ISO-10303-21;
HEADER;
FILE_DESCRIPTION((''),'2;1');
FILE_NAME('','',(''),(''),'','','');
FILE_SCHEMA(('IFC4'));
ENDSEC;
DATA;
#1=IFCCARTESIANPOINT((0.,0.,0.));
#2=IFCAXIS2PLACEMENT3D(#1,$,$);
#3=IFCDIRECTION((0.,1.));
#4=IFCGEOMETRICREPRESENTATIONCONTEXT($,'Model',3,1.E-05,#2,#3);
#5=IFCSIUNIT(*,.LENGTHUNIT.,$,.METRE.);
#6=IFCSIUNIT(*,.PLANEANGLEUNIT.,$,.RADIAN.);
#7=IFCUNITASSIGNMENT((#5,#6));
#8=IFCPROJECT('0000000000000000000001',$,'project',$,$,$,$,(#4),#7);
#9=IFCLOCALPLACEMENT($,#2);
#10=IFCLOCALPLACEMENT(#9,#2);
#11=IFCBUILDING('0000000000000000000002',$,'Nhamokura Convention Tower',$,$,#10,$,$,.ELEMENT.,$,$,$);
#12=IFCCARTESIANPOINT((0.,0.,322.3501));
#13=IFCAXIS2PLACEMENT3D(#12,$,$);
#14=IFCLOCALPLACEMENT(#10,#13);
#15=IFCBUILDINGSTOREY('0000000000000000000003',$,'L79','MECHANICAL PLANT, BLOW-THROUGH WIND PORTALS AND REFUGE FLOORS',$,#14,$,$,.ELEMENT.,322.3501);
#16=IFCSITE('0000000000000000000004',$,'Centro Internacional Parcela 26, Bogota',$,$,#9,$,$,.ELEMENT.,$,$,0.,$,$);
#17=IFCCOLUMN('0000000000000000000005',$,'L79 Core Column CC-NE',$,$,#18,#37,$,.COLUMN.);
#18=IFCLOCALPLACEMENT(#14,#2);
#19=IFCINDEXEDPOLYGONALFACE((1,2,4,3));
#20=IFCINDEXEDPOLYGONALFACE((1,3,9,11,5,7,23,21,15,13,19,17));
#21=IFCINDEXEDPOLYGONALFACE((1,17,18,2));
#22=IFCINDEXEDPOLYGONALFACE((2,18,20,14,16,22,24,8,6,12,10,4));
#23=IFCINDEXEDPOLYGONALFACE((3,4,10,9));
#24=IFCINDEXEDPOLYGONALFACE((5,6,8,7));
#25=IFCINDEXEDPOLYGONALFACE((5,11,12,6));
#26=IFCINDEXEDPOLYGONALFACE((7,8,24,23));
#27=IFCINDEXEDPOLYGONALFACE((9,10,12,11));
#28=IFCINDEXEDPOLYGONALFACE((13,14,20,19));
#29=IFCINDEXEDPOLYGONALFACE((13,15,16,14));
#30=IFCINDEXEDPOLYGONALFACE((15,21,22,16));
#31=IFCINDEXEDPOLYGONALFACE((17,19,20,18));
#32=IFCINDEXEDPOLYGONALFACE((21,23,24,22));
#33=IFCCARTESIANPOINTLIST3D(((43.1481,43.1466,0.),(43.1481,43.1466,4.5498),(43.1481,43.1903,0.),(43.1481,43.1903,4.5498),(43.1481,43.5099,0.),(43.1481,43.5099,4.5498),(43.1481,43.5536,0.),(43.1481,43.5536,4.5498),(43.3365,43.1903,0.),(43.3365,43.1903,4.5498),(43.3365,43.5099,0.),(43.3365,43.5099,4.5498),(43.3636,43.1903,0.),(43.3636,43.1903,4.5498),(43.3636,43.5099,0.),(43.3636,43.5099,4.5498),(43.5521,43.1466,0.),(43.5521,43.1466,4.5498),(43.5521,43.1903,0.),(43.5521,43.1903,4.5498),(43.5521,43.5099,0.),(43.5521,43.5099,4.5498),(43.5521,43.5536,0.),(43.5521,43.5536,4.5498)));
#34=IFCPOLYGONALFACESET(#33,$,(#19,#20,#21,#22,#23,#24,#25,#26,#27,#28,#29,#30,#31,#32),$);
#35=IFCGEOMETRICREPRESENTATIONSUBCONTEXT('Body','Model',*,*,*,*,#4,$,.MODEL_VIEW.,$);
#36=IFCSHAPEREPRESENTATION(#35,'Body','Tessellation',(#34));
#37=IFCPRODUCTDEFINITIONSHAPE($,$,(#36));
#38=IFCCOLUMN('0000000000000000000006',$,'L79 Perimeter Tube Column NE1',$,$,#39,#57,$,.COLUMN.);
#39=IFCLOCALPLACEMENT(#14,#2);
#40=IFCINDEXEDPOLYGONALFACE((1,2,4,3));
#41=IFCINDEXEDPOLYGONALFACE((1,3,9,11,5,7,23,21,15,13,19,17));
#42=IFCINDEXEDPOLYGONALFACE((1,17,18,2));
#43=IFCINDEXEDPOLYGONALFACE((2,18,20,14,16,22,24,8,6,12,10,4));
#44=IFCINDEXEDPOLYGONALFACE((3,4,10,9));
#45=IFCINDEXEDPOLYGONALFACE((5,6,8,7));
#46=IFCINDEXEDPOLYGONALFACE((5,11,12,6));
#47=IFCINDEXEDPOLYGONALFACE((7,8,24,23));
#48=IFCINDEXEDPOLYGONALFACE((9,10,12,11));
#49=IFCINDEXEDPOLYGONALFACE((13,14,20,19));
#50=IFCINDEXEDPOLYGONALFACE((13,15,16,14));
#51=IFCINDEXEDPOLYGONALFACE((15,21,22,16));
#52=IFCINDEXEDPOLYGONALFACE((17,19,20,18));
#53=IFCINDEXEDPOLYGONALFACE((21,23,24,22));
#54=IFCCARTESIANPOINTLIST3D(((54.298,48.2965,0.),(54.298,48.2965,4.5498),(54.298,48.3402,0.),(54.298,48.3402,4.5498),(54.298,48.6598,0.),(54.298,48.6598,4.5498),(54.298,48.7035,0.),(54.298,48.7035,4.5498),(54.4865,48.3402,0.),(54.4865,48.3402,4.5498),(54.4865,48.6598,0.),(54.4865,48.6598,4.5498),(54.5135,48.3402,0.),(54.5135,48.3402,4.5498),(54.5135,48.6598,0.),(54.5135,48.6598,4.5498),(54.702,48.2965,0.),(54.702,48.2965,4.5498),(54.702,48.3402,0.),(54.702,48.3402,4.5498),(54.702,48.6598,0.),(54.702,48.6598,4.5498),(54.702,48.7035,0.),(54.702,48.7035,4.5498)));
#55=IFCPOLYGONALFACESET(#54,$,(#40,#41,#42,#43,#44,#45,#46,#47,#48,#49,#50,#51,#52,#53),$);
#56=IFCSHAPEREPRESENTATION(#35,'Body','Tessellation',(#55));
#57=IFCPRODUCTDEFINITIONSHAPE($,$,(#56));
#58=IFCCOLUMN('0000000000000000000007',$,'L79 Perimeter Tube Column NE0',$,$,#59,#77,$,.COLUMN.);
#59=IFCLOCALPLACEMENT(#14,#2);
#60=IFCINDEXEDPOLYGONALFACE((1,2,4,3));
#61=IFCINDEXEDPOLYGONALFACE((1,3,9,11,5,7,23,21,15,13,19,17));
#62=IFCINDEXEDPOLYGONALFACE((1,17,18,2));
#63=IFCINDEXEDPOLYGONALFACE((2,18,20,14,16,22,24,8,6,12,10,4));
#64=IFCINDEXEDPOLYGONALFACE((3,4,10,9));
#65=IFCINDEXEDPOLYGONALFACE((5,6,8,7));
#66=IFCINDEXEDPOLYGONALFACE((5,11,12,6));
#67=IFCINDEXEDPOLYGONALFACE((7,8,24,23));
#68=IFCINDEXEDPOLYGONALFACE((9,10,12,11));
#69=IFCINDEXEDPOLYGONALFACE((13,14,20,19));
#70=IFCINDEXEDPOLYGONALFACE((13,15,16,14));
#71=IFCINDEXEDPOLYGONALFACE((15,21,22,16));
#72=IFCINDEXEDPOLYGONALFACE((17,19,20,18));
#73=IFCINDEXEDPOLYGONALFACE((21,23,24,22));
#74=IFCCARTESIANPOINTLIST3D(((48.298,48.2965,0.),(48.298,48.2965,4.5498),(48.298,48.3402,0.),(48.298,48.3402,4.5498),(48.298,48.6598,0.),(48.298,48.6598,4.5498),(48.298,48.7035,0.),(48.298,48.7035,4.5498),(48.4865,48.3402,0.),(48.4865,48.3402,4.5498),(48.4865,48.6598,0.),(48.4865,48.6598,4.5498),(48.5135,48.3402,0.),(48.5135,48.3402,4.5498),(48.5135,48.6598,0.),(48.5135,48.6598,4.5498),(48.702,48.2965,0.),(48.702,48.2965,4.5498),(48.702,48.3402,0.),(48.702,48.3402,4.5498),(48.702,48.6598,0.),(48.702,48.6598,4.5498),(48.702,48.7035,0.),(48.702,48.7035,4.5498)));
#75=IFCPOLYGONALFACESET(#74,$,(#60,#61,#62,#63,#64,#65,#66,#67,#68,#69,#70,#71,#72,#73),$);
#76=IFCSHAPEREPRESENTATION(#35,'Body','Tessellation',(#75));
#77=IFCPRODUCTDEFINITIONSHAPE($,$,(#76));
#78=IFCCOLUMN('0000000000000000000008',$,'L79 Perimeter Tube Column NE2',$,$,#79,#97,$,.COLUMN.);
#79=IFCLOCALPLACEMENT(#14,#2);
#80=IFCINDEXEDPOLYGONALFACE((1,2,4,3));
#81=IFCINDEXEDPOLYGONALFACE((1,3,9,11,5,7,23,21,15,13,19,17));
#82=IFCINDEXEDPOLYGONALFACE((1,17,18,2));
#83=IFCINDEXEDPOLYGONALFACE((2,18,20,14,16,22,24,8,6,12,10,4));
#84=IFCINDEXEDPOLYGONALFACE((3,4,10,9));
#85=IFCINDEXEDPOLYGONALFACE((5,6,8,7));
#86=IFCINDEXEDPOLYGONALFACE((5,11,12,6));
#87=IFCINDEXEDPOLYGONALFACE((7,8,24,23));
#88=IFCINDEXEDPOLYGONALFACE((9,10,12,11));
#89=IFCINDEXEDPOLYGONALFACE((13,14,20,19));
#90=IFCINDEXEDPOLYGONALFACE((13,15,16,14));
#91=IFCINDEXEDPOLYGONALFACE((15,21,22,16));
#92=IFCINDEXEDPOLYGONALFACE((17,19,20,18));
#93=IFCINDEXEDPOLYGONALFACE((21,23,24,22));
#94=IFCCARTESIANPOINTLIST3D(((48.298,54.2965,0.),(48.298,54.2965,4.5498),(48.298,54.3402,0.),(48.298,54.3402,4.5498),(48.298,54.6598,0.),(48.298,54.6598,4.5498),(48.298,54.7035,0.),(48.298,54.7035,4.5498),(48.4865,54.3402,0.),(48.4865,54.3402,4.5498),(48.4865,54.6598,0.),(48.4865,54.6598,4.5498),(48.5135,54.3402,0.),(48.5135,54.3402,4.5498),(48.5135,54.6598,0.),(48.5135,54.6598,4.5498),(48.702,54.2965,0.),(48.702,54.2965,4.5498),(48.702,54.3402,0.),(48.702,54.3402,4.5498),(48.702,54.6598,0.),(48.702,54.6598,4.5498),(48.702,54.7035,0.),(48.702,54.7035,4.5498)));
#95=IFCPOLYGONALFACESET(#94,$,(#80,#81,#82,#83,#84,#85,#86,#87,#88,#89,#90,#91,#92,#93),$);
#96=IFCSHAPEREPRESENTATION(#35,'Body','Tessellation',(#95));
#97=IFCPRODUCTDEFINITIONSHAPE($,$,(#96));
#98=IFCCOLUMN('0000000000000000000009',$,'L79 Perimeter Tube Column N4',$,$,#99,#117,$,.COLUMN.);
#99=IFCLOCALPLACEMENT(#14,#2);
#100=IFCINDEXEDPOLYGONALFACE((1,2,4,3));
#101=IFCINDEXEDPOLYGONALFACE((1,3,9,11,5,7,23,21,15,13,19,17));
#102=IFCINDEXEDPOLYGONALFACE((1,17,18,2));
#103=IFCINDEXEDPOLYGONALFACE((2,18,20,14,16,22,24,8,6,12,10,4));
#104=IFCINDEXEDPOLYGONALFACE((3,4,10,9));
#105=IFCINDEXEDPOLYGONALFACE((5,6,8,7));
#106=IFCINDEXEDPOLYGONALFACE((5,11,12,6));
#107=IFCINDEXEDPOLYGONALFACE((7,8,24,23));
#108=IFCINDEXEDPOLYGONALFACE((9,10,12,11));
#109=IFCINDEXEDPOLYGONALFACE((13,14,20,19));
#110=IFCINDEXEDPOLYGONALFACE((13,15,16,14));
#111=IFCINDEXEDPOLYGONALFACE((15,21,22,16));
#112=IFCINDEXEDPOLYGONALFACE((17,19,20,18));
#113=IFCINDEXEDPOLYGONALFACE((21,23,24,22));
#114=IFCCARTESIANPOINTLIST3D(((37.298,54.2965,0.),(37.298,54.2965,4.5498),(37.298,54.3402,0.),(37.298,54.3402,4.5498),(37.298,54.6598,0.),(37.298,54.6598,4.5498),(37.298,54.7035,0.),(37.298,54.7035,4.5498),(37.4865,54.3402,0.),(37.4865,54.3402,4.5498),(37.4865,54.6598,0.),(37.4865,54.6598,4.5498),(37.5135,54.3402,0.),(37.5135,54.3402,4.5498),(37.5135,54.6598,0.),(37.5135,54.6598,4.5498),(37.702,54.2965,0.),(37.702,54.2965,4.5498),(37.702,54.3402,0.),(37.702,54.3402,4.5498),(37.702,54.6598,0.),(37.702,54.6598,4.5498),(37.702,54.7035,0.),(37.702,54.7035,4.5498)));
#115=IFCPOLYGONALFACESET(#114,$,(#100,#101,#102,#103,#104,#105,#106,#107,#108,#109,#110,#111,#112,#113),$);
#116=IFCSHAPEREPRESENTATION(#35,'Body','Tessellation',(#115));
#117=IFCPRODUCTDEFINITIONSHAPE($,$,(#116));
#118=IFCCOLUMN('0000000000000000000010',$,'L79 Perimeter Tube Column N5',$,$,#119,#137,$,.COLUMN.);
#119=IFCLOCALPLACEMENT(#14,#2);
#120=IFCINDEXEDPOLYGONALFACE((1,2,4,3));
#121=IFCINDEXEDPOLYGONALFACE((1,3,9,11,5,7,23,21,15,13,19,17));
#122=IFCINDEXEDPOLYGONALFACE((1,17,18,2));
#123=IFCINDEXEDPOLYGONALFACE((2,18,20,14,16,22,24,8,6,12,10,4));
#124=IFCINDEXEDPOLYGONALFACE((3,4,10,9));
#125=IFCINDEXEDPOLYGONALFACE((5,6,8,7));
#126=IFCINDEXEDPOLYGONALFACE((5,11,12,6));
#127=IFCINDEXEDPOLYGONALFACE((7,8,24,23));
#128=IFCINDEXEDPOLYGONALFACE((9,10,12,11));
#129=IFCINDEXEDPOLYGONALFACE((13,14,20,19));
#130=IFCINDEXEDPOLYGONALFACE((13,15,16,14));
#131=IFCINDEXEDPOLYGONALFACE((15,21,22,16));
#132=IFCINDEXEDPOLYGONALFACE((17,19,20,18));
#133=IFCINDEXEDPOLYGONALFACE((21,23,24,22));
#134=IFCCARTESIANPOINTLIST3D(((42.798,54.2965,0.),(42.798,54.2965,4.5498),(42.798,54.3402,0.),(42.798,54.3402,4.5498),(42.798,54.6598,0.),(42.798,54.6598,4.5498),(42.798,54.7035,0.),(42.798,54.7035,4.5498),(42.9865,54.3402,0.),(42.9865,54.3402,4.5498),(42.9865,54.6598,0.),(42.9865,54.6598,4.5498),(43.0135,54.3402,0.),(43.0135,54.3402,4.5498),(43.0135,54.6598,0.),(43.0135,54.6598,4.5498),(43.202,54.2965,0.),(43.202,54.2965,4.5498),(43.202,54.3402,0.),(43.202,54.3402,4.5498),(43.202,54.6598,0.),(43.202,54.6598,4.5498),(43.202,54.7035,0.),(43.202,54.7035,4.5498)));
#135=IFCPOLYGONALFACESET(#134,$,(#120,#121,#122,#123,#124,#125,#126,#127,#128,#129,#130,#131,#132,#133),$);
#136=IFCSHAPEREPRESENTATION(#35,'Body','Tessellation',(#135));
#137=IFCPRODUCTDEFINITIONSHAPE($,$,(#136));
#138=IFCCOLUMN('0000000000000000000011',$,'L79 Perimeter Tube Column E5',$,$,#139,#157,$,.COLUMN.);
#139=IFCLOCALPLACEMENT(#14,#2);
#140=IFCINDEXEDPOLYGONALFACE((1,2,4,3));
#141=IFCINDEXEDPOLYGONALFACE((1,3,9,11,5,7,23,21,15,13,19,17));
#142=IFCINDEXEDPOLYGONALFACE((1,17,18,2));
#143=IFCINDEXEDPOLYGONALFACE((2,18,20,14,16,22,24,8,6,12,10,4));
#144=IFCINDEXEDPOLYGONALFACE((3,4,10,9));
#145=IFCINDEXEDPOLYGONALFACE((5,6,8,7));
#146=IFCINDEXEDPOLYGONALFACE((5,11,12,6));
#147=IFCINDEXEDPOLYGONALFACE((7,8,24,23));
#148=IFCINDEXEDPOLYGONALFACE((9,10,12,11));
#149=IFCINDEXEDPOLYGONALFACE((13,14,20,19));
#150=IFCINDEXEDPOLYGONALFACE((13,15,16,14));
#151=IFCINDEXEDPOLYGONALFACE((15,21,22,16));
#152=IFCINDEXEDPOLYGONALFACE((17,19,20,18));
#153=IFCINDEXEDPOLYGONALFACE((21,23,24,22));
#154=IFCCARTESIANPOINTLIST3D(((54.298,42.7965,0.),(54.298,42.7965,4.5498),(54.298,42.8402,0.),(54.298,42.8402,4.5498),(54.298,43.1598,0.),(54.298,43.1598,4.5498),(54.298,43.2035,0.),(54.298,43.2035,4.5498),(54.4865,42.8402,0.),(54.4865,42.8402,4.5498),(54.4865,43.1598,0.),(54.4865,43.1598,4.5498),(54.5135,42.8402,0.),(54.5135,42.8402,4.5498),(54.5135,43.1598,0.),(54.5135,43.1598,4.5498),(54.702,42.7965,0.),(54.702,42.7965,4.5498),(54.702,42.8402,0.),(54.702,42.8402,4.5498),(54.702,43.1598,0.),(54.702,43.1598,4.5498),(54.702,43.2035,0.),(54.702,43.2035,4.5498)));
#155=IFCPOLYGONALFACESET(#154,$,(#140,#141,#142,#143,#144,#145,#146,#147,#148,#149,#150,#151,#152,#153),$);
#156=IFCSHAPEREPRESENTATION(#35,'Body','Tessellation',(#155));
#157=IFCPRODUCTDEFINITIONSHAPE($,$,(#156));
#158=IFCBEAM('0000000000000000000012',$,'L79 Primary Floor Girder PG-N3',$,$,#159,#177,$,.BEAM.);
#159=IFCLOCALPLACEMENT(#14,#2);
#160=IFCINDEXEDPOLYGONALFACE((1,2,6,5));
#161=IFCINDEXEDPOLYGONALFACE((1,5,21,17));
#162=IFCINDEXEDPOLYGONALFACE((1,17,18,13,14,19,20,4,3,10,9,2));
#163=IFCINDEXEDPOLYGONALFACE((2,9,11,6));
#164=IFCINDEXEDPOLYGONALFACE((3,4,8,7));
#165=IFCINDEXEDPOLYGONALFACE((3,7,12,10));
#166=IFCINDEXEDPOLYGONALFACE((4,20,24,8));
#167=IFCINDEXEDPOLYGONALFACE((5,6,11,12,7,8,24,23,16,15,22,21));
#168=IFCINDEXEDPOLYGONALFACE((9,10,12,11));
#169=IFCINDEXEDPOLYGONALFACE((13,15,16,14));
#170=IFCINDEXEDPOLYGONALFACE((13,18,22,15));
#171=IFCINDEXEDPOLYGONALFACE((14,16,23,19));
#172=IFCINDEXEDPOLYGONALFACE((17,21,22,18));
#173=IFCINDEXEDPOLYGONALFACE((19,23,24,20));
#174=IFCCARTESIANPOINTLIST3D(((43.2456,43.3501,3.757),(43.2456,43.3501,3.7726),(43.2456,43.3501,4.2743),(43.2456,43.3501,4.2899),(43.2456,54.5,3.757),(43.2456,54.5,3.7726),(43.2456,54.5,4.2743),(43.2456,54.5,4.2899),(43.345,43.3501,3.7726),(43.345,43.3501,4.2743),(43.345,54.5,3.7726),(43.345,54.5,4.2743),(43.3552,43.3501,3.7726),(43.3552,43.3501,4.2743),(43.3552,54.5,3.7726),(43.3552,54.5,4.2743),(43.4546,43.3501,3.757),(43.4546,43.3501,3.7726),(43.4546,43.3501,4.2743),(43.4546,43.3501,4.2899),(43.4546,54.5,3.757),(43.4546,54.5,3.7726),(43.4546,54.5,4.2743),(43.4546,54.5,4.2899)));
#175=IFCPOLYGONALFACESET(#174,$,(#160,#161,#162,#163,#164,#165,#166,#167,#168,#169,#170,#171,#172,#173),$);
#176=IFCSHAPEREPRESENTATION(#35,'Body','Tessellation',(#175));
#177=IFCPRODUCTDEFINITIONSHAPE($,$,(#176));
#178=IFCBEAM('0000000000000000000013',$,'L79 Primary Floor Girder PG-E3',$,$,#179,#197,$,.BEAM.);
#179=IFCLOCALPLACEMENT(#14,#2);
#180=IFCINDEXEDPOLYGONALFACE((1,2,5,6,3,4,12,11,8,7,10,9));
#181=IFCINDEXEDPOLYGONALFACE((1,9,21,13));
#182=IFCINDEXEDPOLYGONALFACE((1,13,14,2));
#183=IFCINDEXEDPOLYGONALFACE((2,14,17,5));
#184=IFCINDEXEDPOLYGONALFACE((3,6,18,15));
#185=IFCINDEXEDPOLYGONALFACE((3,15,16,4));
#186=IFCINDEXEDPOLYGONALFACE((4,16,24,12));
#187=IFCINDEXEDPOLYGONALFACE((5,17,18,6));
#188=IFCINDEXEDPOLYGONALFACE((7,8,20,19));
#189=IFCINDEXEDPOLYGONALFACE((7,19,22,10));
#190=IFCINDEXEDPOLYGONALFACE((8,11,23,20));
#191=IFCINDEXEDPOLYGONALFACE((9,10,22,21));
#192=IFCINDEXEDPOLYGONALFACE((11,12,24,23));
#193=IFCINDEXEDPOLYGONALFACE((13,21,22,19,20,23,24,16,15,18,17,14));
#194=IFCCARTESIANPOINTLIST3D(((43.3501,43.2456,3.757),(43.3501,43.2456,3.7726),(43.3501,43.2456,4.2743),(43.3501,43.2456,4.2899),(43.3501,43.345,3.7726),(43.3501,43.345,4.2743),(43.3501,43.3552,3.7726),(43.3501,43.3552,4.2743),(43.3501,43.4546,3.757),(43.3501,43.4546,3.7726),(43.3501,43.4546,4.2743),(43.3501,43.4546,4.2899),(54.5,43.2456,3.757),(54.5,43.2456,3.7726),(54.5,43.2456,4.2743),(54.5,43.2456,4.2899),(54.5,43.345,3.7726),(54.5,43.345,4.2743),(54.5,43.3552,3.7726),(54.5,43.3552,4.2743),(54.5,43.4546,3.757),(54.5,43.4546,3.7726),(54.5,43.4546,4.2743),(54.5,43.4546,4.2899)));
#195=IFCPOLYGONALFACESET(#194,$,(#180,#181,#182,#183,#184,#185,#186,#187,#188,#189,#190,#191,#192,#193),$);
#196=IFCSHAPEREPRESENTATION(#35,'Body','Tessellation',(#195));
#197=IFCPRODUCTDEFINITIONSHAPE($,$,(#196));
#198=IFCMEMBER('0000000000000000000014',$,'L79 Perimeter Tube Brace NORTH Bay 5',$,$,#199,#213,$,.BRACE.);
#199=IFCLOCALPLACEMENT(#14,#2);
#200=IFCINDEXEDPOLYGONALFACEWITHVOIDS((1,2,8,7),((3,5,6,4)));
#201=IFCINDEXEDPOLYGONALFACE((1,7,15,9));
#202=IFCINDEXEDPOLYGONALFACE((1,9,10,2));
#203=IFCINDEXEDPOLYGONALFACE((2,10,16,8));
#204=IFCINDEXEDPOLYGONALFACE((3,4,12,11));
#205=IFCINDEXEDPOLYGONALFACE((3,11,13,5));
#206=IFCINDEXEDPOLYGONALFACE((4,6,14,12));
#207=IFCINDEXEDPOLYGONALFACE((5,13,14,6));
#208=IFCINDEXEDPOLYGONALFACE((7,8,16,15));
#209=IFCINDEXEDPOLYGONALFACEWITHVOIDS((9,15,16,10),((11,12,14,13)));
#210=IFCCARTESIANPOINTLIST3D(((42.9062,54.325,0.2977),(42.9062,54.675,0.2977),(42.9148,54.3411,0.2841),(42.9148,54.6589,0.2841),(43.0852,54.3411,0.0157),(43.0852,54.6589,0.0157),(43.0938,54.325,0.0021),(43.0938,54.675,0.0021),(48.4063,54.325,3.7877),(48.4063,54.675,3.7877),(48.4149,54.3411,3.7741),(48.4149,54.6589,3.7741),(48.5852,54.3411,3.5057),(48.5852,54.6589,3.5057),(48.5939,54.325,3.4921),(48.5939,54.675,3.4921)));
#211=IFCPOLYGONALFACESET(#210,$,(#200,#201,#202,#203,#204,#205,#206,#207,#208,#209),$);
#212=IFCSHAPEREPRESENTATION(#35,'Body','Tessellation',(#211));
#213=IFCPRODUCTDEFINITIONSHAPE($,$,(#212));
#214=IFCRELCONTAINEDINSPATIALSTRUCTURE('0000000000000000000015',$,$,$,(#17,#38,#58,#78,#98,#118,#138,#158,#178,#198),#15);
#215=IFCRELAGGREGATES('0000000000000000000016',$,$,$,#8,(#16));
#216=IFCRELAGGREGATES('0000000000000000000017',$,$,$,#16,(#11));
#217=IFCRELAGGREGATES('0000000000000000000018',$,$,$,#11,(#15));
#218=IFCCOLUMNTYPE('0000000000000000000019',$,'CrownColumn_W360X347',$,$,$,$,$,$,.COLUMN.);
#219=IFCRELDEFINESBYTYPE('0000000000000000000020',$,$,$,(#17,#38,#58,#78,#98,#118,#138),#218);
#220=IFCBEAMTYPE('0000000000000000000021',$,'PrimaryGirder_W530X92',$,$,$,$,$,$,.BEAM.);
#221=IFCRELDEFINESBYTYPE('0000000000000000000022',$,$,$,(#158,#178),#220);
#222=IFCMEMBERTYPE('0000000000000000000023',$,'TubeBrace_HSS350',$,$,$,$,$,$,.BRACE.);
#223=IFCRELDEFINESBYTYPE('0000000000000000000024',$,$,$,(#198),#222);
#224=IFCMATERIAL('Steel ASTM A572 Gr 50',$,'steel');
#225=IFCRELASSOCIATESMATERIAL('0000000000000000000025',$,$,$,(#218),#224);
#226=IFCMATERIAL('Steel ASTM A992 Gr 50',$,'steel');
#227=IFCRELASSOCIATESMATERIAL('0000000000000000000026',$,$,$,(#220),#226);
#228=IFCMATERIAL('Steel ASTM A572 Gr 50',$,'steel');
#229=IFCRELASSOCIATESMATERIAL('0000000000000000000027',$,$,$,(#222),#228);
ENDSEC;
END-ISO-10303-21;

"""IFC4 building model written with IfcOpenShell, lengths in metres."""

from ifc_helpers import new_model, si_unit, direction, frame, origin, origin_2d, place, context, subcontext, project, spatial, hollow_rectangle, i_section, extrude, material, material_profile, profile_set, type_object, element, save


model = new_model("IFC4")

# Units and contexts
model_context = context("Model", 3, precision=1e-05, world=origin(), true_north=direction((0.0, 1.0)))
body_context = subcontext(model_context, "Body", "Model", "MODEL_VIEW")
ifc_project = project(units=[si_unit("LENGTHUNIT", "METRE"), si_unit("PLANEANGLEUNIT", "RADIAN")], contexts=[model_context])

# Site, building, storey
site_placement = place(None, origin())
site = spatial("IfcSite", under=ifc_project, at=site_placement, Name="Centro Internacional Parcela 26, Bogota", CompositionType="ELEMENT", RefElevation=0.0)
building_placement = place(site_placement, origin())
building = spatial("IfcBuilding", under=site, at=building_placement, Name="Nhamokura Convention Tower", CompositionType="ELEMENT")
storey_placement = place(building_placement, frame((0.0, 0.0, 322.3501)))
storey = spatial("IfcBuildingStorey", under=building, at=storey_placement, Name="L79", Description="MECHANICAL PLANT, BLOW-THROUGH WIND PORTALS AND REFUGE FLOORS", CompositionType="ELEMENT", Elevation=322.3501)

# Columns
ifc_material_1 = material(Name="Steel ASTM A572 Gr 50", Category="steel")
ifc_material_profile_1 = material_profile(ifc_material_1, i_section(OverallWidth=0.4041, OverallDepth=0.407, WebThickness=0.0271, FlangeThickness=0.0437, at=origin_2d()))
ifc_profile_set_1 = profile_set([ifc_material_profile_1], Name="Steel ASTM A572 Gr 50")
column_type = type_object("IfcColumnType", Name="CrownColumn_W360X347", PredefinedType="COLUMN", material=ifc_profile_set_1)
for number, where, z_axis, x_axis, name in (
    (1, (43.3501, 43.3501, 0.0), (0.0, 0.0, 1.0), (1.0, 0.0, 0.0), "L79 Core Column CC-NE"),
    (2, (54.5, 48.5, 0.0), (0.0, 0.0, 1.0), (1.0, 0.0, 0.0), "L79 Perimeter Tube Column NE1"),
    (3, (48.5, 48.5, 0.0), (0.0, 0.0, 1.0), (1.0, 0.0, 0.0), "L79 Perimeter Tube Column NE0"),
    (4, (48.5, 54.5, 0.0), (0.0, 0.0, 1.0), (1.0, 0.0, 0.0), "L79 Perimeter Tube Column NE2"),
    (5, (37.5, 54.5, 0.0), (0.0, 0.0, 1.0), (1.0, 0.0, 0.0), "L79 Perimeter Tube Column N4"),
    (6, (43.0, 54.5, 0.0), (0.0, 0.0, 1.0), (1.0, 0.0, 0.0), "L79 Perimeter Tube Column N5"),
    (7, (54.5, 43.0, 0.0), (0.0, 0.0, 1.0), (1.0, 0.0, 0.0), "L79 Perimeter Tube Column E5"),
):
    element("IfcColumn", number, at=place(storey_placement, frame(where, z_axis=z_axis, x_axis=x_axis)), inside=storey, type_object=column_type, Name=name, PredefinedType="COLUMN", context=body_context, shape_type="SweptSolid", body=[
        extrude(i_section(OverallWidth=0.4041, OverallDepth=0.407, WebThickness=0.0271, FlangeThickness=0.0437, at=origin_2d()), origin(), (0.0, 0.0, 1.0), 4.5498),
    ])

# Beams
ifc_material_2 = material(Name="Steel ASTM A992 Gr 50", Category="steel")
ifc_material_profile_2 = material_profile(ifc_material_2, i_section(OverallWidth=0.209, OverallDepth=0.533, WebThickness=0.0103, FlangeThickness=0.0156, at=origin_2d()))
ifc_profile_set_2 = profile_set([ifc_material_profile_2], Name="Steel ASTM A992 Gr 50")
beam_type_1 = type_object("IfcBeamType", Name="PrimaryGirder_W530X92", PredefinedType="BEAM", material=ifc_profile_set_2)
for number, where, z_axis, x_axis, name in (
    (8, (43.3501, 43.3501, 4.0234), (0.0, 1.0, 0.0), (-1.0, 0.0, 0.0), "L79 Primary Floor Girder PG-N3"),
    (9, (43.3501, 43.3501, 4.0234), (1.0, 0.0, 0.0), (0.0, 1.0, 0.0), "L79 Primary Floor Girder PG-E3"),
):
    element("IfcBeam", number, at=place(storey_placement, frame(where, z_axis=z_axis, x_axis=x_axis)), inside=storey, type_object=beam_type_1, Name=name, PredefinedType="BEAM", context=body_context, shape_type="SweptSolid", body=[
        extrude(i_section(OverallWidth=0.209, OverallDepth=0.533, WebThickness=0.0103, FlangeThickness=0.0156, at=origin_2d()), origin(), (0.0, 0.0, 1.0), 11.1499),
    ])

# Member
ifc_material_3 = material(Name="Steel ASTM A572 Gr 50", Category="steel")
ifc_material_profile_3 = material_profile(ifc_material_3, hollow_rectangle(XDim=0.3501, YDim=0.3501, WallThickness=0.0161, at=origin_2d()))
ifc_profile_set_3 = profile_set([ifc_material_profile_3], Name="Steel ASTM A572 Gr 50")
member_type = type_object("IfcMemberType", Name="TubeBrace_HSS350", PredefinedType="BRACE", material=ifc_profile_set_3)
for number, where, z_axis, x_axis, name in (
    (10, (43.0, 54.5, 0.1499), (0.844357, 0.0, 0.535781), (0.0, 1.0, 0.0), "L79 Perimeter Tube Brace NORTH Bay 5"),
):
    element("IfcMember", number, at=place(storey_placement, frame(where, z_axis=z_axis, x_axis=x_axis)), inside=storey, type_object=member_type, Name=name, PredefinedType="BRACE", context=body_context, shape_type="SweptSolid", body=[
        extrude(hollow_rectangle(XDim=0.3501, YDim=0.3501, WallThickness=0.0161, at=origin_2d()), origin(), (0.0, 0.0, 1.0), 6.5139),
    ])

save(model, "model.ifc")
